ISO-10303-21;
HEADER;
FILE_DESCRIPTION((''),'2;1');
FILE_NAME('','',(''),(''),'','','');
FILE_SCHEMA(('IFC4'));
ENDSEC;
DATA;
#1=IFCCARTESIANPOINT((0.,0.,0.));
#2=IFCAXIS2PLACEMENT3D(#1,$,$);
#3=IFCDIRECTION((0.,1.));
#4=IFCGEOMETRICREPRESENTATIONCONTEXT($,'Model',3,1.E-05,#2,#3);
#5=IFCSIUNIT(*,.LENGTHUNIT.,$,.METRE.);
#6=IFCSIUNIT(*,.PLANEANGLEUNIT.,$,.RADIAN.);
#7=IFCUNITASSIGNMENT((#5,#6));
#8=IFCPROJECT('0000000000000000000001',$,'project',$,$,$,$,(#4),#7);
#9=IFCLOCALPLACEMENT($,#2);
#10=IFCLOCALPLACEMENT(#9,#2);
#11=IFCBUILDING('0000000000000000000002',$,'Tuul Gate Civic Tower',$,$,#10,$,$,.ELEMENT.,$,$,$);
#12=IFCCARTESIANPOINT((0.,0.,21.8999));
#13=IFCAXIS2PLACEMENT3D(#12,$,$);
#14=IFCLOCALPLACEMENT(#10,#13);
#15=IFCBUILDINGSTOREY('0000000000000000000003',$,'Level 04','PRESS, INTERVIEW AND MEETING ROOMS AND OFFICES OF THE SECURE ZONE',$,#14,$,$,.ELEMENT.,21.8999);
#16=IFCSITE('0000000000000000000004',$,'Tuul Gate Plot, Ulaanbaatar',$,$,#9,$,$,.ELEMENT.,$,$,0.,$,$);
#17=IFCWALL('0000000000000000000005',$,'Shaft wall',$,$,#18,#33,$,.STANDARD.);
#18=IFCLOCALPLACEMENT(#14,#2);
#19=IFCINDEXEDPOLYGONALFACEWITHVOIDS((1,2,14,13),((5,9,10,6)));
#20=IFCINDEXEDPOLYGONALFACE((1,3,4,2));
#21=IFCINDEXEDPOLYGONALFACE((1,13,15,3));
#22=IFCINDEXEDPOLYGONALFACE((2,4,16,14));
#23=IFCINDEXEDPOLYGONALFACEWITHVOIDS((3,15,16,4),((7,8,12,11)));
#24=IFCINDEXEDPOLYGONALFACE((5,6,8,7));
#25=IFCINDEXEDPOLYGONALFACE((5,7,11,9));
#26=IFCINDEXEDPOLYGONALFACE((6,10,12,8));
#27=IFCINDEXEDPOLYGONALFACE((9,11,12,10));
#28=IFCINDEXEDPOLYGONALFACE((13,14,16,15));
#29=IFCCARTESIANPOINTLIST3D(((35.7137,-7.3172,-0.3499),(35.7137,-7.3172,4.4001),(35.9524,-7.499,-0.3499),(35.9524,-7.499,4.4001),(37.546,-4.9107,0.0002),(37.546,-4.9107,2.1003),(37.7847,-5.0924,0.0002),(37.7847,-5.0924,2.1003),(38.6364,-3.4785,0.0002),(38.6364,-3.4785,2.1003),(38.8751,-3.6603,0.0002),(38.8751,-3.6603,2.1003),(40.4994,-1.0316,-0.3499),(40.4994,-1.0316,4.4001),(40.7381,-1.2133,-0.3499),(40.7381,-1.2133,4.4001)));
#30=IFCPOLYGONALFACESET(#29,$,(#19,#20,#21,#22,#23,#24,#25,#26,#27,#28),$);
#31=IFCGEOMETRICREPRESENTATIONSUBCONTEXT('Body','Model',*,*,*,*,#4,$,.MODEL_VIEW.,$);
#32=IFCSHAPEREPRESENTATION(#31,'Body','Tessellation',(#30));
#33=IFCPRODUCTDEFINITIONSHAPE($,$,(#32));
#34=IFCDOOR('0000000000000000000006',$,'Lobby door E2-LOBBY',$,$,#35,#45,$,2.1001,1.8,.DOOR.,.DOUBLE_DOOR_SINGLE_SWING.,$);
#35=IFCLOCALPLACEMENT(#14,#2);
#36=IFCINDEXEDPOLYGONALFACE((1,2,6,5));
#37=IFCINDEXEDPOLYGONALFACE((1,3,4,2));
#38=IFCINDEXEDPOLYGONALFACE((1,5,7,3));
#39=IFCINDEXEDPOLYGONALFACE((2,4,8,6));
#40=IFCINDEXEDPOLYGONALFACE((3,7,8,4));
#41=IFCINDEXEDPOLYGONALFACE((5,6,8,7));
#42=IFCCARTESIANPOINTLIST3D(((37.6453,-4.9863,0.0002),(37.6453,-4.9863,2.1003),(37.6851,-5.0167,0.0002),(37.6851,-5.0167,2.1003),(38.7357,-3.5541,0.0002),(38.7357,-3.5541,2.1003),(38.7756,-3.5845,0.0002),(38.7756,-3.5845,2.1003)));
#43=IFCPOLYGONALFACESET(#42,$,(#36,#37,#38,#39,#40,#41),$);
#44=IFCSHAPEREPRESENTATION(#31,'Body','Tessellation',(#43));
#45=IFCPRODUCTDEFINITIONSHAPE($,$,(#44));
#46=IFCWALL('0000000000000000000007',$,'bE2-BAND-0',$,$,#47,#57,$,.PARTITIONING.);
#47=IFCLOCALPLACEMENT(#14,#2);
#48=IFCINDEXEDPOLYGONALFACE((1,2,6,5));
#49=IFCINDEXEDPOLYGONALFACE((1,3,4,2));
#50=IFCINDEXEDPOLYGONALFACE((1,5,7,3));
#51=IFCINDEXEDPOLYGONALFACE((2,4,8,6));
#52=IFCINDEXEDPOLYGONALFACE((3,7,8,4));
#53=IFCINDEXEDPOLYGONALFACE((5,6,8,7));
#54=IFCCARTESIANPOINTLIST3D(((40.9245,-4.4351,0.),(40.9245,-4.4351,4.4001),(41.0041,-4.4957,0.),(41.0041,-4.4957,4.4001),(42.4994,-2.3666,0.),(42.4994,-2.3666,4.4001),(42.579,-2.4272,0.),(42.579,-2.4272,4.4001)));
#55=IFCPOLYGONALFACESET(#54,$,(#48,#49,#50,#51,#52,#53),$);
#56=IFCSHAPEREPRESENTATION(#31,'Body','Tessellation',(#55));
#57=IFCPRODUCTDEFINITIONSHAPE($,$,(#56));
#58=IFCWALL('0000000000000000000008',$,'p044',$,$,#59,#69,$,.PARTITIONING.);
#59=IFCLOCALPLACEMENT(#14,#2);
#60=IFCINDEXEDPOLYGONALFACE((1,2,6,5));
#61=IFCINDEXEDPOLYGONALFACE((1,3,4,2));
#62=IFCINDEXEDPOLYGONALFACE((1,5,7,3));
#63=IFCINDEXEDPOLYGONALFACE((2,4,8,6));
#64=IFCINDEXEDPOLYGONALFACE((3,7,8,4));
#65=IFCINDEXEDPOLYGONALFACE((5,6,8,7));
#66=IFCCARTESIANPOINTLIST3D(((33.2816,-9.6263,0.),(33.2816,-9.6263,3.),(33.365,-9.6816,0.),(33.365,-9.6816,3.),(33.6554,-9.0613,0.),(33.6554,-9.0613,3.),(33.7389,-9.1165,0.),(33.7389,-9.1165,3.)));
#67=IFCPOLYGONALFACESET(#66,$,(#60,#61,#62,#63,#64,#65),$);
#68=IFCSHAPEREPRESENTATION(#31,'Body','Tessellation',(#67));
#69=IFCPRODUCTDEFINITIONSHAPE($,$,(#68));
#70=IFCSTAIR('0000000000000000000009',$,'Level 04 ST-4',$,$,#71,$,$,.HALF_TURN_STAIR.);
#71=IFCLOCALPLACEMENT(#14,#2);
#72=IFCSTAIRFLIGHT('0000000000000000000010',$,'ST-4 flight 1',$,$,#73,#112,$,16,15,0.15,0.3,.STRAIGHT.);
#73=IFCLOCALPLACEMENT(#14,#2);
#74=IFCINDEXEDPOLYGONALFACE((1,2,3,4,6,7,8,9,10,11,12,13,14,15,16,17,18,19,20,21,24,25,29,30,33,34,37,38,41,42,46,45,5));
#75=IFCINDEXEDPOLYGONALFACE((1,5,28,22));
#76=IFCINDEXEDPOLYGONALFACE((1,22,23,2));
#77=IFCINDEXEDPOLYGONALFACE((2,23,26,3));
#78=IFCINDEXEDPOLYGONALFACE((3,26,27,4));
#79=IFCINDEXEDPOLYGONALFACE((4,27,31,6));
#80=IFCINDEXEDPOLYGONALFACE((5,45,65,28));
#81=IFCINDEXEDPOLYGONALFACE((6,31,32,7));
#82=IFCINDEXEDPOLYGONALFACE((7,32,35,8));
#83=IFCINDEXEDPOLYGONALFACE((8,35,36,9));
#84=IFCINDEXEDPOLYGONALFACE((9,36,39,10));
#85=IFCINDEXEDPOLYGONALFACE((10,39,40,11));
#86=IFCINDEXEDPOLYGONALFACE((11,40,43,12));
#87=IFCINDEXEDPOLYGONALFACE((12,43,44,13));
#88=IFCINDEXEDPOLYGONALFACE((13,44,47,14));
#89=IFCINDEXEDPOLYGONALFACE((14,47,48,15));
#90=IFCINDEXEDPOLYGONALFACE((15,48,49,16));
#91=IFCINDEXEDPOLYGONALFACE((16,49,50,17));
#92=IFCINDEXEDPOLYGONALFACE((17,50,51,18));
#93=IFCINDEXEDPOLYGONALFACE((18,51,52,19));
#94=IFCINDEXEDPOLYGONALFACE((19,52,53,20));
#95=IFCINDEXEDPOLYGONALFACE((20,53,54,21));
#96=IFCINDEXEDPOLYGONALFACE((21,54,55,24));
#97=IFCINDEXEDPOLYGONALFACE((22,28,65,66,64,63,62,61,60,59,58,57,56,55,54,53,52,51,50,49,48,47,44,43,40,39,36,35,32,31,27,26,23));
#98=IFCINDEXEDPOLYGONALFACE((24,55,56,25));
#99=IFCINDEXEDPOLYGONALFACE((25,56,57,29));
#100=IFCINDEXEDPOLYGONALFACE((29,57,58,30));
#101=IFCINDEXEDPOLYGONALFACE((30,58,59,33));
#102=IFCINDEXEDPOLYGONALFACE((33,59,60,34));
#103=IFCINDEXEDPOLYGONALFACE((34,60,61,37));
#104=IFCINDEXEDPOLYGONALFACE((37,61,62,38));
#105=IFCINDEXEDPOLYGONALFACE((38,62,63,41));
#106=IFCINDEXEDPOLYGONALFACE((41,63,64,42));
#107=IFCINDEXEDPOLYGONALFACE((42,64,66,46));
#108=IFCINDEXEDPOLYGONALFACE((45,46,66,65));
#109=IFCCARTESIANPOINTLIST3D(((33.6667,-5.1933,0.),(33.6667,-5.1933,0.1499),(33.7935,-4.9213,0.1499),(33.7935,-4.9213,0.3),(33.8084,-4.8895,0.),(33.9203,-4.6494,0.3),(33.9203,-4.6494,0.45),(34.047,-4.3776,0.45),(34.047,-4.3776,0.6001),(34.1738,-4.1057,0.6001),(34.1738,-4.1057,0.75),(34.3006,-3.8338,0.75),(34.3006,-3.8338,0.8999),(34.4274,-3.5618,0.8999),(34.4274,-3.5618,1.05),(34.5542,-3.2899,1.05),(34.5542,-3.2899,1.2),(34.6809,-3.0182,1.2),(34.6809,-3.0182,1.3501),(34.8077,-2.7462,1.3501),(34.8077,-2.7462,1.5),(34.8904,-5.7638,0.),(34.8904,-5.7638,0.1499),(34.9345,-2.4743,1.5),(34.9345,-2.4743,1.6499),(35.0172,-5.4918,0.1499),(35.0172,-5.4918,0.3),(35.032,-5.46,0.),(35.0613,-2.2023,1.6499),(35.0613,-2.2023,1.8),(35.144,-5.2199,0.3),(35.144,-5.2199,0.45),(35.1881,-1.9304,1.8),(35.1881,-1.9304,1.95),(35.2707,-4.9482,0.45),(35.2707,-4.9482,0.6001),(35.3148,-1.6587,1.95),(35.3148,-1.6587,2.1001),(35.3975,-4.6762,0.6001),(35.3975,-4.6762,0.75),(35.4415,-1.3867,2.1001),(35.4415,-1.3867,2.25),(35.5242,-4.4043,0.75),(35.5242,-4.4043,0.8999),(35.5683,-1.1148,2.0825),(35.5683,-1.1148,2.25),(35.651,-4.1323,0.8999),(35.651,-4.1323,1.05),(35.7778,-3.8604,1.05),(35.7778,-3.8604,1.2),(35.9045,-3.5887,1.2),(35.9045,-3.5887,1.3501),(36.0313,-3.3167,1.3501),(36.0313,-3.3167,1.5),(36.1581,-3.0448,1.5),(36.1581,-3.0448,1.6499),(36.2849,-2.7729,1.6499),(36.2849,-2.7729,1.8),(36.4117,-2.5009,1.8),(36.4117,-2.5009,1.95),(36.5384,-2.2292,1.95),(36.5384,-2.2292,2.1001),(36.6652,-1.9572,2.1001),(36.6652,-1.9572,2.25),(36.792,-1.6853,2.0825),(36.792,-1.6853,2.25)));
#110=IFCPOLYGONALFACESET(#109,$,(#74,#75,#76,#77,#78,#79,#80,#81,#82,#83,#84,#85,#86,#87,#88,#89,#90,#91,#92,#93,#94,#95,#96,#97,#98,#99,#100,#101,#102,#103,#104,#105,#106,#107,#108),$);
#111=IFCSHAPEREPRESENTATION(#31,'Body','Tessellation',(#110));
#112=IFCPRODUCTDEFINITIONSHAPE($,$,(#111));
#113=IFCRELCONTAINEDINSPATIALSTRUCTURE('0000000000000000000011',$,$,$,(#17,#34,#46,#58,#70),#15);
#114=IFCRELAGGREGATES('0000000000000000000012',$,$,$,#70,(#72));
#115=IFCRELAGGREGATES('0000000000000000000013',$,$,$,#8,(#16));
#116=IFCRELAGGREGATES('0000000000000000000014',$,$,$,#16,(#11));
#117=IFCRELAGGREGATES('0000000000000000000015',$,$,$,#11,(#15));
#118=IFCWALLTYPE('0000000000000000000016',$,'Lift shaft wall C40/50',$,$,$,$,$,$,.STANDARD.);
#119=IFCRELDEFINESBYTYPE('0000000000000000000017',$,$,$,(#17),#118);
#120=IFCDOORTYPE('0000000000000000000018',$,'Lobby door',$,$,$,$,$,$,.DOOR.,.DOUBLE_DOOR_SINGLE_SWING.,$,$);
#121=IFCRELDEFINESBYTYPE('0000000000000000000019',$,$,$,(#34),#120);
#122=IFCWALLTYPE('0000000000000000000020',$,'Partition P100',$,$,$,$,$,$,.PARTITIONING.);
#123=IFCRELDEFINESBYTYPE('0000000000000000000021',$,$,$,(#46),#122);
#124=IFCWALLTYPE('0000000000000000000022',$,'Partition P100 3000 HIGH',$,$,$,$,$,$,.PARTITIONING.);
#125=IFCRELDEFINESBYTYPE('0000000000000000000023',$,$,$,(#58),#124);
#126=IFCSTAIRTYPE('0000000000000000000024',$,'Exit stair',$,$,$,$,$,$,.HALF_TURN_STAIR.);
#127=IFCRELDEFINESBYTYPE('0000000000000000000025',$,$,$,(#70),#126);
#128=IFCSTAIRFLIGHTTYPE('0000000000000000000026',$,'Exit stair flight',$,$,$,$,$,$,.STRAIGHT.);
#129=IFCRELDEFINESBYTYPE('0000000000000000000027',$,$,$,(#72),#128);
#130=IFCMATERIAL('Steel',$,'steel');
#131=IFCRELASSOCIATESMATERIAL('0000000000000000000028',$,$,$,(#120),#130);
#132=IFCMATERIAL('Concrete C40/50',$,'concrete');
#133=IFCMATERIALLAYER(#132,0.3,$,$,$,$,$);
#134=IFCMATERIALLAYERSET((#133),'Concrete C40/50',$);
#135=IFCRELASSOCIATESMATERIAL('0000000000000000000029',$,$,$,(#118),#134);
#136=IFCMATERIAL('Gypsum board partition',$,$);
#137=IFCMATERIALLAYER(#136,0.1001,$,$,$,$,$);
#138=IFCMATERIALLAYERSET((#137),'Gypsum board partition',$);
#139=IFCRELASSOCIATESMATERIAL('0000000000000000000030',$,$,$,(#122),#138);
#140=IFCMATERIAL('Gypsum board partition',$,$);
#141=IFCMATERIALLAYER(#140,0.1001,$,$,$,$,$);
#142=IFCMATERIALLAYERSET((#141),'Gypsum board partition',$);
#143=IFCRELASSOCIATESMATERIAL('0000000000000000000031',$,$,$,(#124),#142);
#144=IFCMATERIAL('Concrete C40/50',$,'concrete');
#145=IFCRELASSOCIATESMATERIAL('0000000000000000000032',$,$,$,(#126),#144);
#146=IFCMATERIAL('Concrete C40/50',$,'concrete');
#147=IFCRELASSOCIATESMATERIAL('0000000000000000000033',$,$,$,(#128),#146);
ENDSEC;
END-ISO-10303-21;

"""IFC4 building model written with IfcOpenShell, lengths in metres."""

from ifc_helpers import new_model, si_unit, direction, frame, frame_2d, origin, place, context, subcontext, project, spatial, polyline, rectangle, outline, extrude, material, layer, layer_set, type_object, element, fill, aggregate, save


model = new_model("IFC4")

# Units and contexts
model_context = context("Model", 3, precision=1e-05, world=origin(), true_north=direction((0.0, 1.0)))
body_context = subcontext(model_context, "Body", "Model", "MODEL_VIEW")
ifc_project = project(units=[si_unit("LENGTHUNIT", "METRE"), si_unit("PLANEANGLEUNIT", "RADIAN")], contexts=[model_context])

# Site, building, storey
site_placement = place(None, origin())
site = spatial("IfcSite", under=ifc_project, at=site_placement, Name="Tuul Gate Plot, Ulaanbaatar", CompositionType="ELEMENT", RefElevation=0.0)
building_placement = place(site_placement, origin())
building = spatial("IfcBuilding", under=site, at=building_placement, Name="Tuul Gate Civic Tower", CompositionType="ELEMENT")
storey_placement = place(building_placement, frame((0.0, 0.0, 21.8999)))
storey = spatial("IfcBuildingStorey", under=building, at=storey_placement, Name="Level 04", Description="PRESS, INTERVIEW AND MEETING ROOMS AND OFFICES OF THE SECURE ZONE", CompositionType="ELEMENT", Elevation=21.8999)

# Shared definitions
ifc_material_1 = material(Name="Steel", Category="steel")
door_type_1 = type_object("IfcDoorType", Name="Lobby door", OperationType="DOUBLE_DOOR_SINGLE_SWING", PredefinedType="DOOR", material=ifc_material_1)

# Shared definitions
ifc_material_2 = material(Name="Concrete C40/50", Category="concrete")
ifc_layer_1 = layer(ifc_material_2, 0.3)
ifc_layer_set_1 = layer_set([ifc_layer_1], Name="Concrete C40/50")
wall_type_1 = type_object("IfcWallType", Name="Lift shaft wall C40/50", PredefinedType="STANDARD", material=ifc_layer_set_1)

# Wall, opening, door
wall_1_placement = place(storey_placement, frame((35.833, -7.4082, -0.3499), z_axis=(0.0, 0.0, 1.0), x_axis=(0.605769, 0.79564, 0.0)))
wall_1 = element("IfcWall", 1, at=wall_1_placement, inside=storey, type_object=wall_type_1, Name="Shaft wall", PredefinedType="STANDARD", context=body_context, shape_type="SweptSolid", body=[
    extrude(rectangle(XDim=7.9001, YDim=0.3, at=frame_2d((3.9502, 0.0))), origin(), (0.0, 0.0, 1.0), 4.75),
])
opening_1_placement = place(wall_1_placement, frame((3.0249, 0.0, 0.3501)))
opening_1 = element("IfcOpeningElement", 2, at=opening_1_placement, cuts=wall_1, PredefinedType="OPENING", context=body_context, shape_type="SweptSolid", body=[
    extrude(rectangle(XDim=1.8, YDim=2.1001, at=frame_2d((0.8999, 1.05))), frame((0.0, 0.1602, 0.0), z_axis=(0.0, -1.0, 0.0), x_axis=(1.0, 0.0, 0.0)), (0.0, 0.0, 1.0), 0.3201),
])
door_1_placement = place(opening_1_placement, frame((1.8, 0.0, 0.0), z_axis=(0.0, 0.0, 1.0), x_axis=(-1.0, 0.0, 0.0)))
door_1 = element("IfcDoor", 3, at=door_1_placement, inside=storey, type_object=door_type_1, Name="Lobby door E2-LOBBY", OperationType="DOUBLE_DOOR_SINGLE_SWING", OverallHeight=2.1001, OverallWidth=1.8, PredefinedType="DOOR", context=body_context, shape_type="SweptSolid", body=[
    extrude(rectangle(XDim=1.8, YDim=2.1001, at=frame_2d((0.9001, 1.05))), frame((0.0, 0.0249, 0.0), z_axis=(0.0, -1.0, 0.0), x_axis=(1.0, 0.0, 0.0)), (0.0, 0.0, 1.0), 0.05),
])
fill(opening_1, door_1)

# Walls
ifc_material_3 = material(Name="Gypsum board partition")
ifc_layer_2 = layer(ifc_material_3, 0.1001)
ifc_layer_set_2 = layer_set([ifc_layer_2], Name="Gypsum board partition")
wall_type_2 = type_object("IfcWallType", Name="Partition P100", PredefinedType="PARTITIONING", material=ifc_layer_set_2)
wall_2_placement = place(storey_placement, frame((40.9644, -4.4653, 0.0), z_axis=(0.0, 0.0, 1.0), x_axis=(0.605769, 0.795641, 0.0)))
element("IfcWall", 4, at=wall_2_placement, inside=storey, type_object=wall_type_2, Name="bE2-BAND-0", PredefinedType="PARTITIONING", context=body_context, shape_type="SweptSolid", body=[
    extrude(rectangle(XDim=2.5999, YDim=0.1001, at=frame_2d((1.2998, 0.0))), origin(), (0.0, 0.0, 1.0), 4.4001),
])
ifc_material_4 = material(Name="Gypsum board partition")
ifc_layer_3 = layer(ifc_material_4, 0.1001)
ifc_layer_set_3 = layer_set([ifc_layer_3], Name="Gypsum board partition")
wall_type_3 = type_object("IfcWallType", Name="Partition P100 3000 HIGH", PredefinedType="PARTITIONING", material=ifc_layer_set_3)
wall_3_placement = place(storey_placement, frame((33.3232, -9.6541, 0.0), z_axis=(0.0, 0.0, 1.0), x_axis=(0.551786, 0.833986, 0.0)))
element("IfcWall", 5, at=wall_3_placement, inside=storey, type_object=wall_type_3, Name="p044", PredefinedType="PARTITIONING", context=body_context, shape_type="SweptSolid", body=[
    extrude(rectangle(XDim=0.6775, YDim=0.1001, at=frame_2d((0.3389, 0.0))), origin(), (0.0, 0.0, 1.0), 3.0),
])

# Stair, stair flight
ifc_material_5 = material(Name="Concrete C40/50", Category="concrete")
stair_type = type_object("IfcStairType", Name="Exit stair", PredefinedType="HALF_TURN_STAIR", material=ifc_material_5)
stair_placement = place(storey_placement, origin())
stair = element("IfcStair", 6, at=stair_placement, inside=storey, type_object=stair_type, Name="Level 04 ST-4", PredefinedType="HALF_TURN_STAIR")
ifc_material_6 = material(Name="Concrete C40/50", Category="concrete")
stair_flight_type = type_object("IfcStairFlightType", Name="Exit stair flight", PredefinedType="STRAIGHT", material=ifc_material_6)
stair_flight_placement = place(storey_placement, frame((34.2786, -5.4785, 0.0), z_axis=(0.0, 0.0, 1.0), x_axis=(0.422576, 0.906327, 0.0)))
stair_flight = element("IfcStairFlight", 7, at=stair_flight_placement, type_object=stair_flight_type, Name="ST-4 flight 1", NumberOfRisers=16, NumberOfTreads=15, PredefinedType="STRAIGHT", RiserHeight=0.15, TreadLength=0.3, context=body_context, shape_type="SweptSolid", body=[
    extrude(outline(polyline([(0.0, 0.0), (0.0, 0.1499), (0.3, 0.1499), (0.3, 0.3), (0.6001, 0.3), (0.6001, 0.45), (0.8999, 0.45), (0.8999, 0.6001), (1.2, 0.6001), (1.2, 0.75), (1.5, 0.75), (1.5, 0.8999), (1.8, 0.8999), (1.8, 1.05), (2.1001, 1.05), (2.1001, 1.2), (2.3999, 1.2), (2.3999, 1.3501), (2.7, 1.3501), (2.7, 1.5), (3.0, 1.5), (3.0, 1.6499), (3.3, 1.6499), (3.3, 1.8), (3.6001, 1.8), (3.6001, 1.95), (3.8999, 1.95), (3.8999, 2.1001), (4.2, 2.1001), (4.2, 2.25), (4.5, 2.25), (4.5, 2.3999), (4.5, 2.0825), (0.3352, 0.0), (0.0, 0.0)])), frame((0.0, 0.675, 0.0), z_axis=(0.0, -1.0, 0.0), x_axis=(1.0, 0.0, 0.0)), (0.0, 0.0, 1.0), 1.3501),
])
aggregate(stair, [stair_flight])

save(model, "model.ifc")
